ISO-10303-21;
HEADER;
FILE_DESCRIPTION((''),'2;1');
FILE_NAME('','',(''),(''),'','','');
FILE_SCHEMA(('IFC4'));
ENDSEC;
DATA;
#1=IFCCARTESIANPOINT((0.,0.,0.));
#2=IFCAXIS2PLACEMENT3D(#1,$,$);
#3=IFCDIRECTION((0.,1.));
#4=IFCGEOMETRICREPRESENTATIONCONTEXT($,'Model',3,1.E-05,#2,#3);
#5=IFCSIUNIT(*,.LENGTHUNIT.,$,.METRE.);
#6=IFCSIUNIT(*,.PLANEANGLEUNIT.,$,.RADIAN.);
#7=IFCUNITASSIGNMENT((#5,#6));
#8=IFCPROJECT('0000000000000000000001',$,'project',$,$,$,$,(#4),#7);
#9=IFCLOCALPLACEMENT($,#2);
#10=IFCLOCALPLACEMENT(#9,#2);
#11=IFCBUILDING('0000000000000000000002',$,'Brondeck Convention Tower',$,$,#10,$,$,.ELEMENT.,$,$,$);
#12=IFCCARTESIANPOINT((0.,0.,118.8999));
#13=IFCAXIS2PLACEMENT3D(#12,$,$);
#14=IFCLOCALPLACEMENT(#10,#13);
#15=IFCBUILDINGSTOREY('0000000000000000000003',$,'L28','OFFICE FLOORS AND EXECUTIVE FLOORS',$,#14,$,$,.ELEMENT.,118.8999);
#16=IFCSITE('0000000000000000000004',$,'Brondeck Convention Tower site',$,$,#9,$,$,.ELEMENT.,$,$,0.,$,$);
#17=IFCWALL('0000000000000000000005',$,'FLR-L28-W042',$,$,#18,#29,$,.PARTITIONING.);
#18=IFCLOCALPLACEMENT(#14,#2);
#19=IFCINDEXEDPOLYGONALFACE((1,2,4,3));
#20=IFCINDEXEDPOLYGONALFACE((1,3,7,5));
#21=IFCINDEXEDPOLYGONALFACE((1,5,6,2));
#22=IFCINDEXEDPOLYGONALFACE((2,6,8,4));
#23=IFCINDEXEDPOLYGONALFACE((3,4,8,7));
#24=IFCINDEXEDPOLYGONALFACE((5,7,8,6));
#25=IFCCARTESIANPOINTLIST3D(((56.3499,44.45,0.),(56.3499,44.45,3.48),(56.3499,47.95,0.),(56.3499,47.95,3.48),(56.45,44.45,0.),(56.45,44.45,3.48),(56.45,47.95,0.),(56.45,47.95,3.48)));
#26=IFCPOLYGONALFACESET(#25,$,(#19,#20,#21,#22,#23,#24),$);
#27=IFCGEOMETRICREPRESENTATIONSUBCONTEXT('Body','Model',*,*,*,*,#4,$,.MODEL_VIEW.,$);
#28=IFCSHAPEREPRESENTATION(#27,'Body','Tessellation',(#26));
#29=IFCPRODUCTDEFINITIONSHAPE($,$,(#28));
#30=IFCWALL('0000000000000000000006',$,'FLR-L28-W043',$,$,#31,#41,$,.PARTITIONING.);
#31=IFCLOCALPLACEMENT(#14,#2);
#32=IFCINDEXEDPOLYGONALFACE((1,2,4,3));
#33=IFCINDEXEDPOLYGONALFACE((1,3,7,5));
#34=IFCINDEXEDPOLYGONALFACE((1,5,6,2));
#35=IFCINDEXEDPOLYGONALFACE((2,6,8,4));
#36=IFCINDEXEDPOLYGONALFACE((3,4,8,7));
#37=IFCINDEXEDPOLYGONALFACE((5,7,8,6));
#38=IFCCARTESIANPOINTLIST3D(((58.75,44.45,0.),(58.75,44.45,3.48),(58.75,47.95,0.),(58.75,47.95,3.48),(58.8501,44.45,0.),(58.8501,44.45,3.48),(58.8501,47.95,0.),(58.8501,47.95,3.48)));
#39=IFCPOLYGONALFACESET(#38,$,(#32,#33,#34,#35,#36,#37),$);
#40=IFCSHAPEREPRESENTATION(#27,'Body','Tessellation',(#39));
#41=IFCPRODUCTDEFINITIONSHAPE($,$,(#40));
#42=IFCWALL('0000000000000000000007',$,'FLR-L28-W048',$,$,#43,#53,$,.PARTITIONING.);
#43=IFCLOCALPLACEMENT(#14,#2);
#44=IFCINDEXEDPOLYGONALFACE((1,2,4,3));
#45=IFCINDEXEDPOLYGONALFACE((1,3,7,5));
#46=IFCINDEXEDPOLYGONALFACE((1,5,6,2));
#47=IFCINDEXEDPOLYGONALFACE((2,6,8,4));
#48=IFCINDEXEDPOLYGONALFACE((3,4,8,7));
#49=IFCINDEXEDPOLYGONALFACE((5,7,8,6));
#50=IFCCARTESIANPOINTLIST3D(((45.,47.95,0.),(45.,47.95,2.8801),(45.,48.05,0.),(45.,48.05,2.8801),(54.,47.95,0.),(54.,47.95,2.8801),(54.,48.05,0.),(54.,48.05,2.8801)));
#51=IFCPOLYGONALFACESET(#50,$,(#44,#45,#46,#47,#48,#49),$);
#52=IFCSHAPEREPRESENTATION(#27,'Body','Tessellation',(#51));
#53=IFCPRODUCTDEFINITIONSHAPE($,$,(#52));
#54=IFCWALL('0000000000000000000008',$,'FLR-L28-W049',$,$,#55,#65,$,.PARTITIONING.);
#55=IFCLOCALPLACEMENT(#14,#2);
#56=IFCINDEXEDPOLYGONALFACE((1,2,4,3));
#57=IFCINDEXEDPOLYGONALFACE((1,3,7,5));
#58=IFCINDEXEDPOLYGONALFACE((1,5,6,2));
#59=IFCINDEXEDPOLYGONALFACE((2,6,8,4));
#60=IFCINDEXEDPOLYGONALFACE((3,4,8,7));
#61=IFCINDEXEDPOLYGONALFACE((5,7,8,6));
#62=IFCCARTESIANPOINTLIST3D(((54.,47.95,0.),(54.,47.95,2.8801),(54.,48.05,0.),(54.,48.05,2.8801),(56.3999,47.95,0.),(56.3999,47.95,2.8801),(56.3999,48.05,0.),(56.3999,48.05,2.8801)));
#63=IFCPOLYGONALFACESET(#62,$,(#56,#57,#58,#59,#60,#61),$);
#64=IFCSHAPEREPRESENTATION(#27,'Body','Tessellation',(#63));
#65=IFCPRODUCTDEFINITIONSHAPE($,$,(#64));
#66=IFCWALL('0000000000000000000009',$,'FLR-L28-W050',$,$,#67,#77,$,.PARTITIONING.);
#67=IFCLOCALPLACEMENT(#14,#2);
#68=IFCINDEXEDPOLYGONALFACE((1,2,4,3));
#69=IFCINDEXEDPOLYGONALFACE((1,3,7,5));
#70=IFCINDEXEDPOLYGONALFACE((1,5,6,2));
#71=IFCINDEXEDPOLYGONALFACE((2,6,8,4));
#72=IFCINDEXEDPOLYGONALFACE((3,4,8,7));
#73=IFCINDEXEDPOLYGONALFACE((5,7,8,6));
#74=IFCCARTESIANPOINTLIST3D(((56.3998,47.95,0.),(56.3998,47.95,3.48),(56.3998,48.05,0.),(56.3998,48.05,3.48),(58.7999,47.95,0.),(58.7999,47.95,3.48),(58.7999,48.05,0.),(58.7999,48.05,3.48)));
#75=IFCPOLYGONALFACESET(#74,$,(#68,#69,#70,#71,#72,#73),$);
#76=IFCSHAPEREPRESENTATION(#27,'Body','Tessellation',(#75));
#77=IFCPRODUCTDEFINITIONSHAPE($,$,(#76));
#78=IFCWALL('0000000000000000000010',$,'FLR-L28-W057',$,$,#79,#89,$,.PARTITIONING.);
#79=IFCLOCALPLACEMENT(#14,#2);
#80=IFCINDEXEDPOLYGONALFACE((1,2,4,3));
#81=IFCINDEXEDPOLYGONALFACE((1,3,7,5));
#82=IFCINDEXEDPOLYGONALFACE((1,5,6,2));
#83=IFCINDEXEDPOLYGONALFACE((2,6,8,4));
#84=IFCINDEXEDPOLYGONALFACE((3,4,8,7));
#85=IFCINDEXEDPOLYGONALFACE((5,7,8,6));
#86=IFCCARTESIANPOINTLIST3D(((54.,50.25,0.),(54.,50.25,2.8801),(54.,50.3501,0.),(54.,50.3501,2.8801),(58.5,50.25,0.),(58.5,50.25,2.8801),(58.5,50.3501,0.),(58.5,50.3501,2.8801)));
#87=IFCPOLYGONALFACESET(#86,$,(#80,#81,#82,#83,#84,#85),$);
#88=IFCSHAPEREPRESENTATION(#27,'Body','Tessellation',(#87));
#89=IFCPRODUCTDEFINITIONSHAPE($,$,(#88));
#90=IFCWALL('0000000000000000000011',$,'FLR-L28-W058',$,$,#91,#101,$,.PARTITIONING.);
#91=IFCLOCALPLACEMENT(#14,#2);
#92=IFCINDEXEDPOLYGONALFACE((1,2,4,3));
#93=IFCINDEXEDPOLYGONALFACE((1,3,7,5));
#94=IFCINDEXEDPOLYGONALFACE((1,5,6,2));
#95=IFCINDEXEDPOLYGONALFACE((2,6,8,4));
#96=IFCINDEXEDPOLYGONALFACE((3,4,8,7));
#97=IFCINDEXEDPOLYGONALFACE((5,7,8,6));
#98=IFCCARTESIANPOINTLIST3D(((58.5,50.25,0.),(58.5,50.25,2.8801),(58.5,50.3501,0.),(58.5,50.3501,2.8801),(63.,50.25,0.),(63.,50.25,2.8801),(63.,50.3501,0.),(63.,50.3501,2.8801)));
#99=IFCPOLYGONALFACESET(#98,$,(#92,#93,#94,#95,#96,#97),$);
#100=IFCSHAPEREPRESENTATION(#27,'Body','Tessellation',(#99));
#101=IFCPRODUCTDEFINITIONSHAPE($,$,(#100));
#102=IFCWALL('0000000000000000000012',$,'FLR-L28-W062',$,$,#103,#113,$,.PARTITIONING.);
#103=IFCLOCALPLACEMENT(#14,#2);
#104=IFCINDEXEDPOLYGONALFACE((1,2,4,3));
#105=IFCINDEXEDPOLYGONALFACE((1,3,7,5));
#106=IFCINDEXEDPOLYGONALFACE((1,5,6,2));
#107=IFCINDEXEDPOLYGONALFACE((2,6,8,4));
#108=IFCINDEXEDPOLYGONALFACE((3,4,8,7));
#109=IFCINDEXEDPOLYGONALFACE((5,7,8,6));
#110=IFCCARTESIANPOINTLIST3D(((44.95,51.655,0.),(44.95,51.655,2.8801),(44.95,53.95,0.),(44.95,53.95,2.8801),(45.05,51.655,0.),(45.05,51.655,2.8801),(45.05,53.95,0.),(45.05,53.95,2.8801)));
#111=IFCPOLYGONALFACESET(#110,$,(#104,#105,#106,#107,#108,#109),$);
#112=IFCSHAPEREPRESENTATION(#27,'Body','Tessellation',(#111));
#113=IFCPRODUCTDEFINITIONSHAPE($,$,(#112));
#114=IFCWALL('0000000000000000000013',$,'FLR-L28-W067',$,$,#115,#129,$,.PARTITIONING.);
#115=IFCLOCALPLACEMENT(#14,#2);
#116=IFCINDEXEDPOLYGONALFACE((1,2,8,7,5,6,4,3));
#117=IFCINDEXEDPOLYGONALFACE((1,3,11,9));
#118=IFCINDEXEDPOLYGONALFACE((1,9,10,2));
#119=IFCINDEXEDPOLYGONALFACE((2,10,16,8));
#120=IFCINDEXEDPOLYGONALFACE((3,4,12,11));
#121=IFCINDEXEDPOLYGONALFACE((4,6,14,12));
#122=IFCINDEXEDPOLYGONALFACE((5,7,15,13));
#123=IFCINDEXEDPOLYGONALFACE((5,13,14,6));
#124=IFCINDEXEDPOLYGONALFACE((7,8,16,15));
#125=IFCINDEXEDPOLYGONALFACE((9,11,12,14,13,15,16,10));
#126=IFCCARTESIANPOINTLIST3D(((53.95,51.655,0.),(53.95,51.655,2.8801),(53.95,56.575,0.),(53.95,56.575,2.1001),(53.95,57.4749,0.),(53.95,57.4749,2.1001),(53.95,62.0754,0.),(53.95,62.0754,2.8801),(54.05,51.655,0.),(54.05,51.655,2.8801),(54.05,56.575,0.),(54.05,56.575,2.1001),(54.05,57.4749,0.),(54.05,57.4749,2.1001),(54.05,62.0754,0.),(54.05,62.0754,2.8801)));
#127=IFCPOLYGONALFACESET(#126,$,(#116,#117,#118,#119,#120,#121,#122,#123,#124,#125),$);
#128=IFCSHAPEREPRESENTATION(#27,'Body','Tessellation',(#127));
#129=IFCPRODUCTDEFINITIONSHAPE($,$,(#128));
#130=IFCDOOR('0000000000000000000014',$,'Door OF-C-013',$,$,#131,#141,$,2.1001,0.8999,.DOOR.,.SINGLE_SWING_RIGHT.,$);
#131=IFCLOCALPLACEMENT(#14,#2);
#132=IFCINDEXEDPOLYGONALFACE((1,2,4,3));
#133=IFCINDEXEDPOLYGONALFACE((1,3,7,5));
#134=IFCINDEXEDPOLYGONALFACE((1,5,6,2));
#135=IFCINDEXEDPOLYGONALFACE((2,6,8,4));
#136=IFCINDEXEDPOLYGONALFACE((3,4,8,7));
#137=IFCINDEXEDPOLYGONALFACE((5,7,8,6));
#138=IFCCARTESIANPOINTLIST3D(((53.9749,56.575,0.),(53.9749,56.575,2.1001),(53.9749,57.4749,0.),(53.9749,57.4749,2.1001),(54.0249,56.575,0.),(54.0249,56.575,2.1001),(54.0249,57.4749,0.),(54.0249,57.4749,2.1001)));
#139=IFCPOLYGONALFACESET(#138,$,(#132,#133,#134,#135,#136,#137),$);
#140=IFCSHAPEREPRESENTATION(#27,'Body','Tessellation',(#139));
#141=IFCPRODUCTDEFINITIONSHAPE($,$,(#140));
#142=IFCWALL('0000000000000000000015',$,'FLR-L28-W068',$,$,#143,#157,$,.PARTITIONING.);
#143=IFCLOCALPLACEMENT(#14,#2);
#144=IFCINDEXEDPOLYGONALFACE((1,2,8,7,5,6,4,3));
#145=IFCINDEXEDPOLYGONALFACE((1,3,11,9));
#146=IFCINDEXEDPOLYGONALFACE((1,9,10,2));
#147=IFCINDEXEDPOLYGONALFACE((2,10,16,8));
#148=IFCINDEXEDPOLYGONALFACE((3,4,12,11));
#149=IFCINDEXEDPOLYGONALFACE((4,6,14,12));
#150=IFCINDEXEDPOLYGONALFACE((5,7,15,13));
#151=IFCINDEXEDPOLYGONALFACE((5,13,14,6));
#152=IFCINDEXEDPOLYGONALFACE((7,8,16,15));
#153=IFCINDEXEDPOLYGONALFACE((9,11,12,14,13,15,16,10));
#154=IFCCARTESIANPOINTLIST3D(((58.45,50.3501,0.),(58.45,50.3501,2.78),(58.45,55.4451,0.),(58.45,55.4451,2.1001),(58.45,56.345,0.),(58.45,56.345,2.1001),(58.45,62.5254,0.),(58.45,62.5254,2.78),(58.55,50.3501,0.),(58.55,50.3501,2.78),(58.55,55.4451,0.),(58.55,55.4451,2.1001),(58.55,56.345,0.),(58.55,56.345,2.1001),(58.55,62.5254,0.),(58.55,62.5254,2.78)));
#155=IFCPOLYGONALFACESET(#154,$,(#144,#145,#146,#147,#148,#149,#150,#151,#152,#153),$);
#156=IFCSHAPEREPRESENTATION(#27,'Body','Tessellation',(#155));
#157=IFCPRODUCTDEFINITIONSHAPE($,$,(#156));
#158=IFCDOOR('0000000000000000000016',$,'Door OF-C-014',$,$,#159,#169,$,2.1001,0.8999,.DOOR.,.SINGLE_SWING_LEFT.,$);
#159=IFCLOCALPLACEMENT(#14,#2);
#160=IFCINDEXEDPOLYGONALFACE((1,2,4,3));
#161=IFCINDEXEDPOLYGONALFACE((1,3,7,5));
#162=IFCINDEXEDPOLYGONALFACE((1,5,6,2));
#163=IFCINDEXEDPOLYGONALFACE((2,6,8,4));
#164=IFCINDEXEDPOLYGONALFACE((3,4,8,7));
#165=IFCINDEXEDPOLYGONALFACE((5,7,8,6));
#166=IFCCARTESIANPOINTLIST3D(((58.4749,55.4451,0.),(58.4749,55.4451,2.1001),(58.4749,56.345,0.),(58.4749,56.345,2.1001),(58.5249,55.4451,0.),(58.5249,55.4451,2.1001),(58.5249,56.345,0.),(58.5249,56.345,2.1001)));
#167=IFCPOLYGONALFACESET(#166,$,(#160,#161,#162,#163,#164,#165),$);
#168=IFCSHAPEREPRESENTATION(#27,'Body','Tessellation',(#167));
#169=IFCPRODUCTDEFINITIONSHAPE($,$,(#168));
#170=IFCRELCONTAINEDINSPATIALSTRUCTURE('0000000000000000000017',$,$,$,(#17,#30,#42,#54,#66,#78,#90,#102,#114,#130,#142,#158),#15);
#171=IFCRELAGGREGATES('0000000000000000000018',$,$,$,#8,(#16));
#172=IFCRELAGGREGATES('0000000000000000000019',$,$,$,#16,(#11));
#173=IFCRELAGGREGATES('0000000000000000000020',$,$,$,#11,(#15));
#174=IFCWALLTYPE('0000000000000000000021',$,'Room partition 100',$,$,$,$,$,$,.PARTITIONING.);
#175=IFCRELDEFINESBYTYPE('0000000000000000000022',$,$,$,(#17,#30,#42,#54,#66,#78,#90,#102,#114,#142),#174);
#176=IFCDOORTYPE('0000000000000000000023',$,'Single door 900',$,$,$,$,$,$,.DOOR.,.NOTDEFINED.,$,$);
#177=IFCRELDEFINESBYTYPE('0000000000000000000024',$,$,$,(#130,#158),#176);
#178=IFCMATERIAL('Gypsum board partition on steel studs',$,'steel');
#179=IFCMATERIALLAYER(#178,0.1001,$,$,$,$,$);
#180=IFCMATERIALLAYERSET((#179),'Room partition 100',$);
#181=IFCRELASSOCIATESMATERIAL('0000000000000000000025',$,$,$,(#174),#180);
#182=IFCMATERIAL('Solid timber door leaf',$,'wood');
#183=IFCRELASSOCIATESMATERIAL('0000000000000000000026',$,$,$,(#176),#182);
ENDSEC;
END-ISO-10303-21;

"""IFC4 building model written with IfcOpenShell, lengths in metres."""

from ifc_helpers import new_model, si_unit, direction, frame, frame_2d, origin, place, context, subcontext, project, spatial, rectangle, extrude, material, layer, layer_set, type_object, element, fill, save


model = new_model("IFC4")

# Units and contexts
model_context = context("Model", 3, precision=1e-05, world=origin(), true_north=direction((0.0, 1.0)))
body_context = subcontext(model_context, "Body", "Model", "MODEL_VIEW")
ifc_project = project(units=[si_unit("LENGTHUNIT", "METRE"), si_unit("PLANEANGLEUNIT", "RADIAN")], contexts=[model_context])

# Site, building, storey
site_placement = place(None, origin())
site = spatial("IfcSite", under=ifc_project, at=site_placement, Name="Brondeck Convention Tower site", CompositionType="ELEMENT", RefElevation=0.0)
building_placement = place(site_placement, origin())
building = spatial("IfcBuilding", under=site, at=building_placement, Name="Brondeck Convention Tower", CompositionType="ELEMENT")
storey_placement = place(building_placement, frame((0.0, 0.0, 118.8999)))
storey = spatial("IfcBuildingStorey", under=building, at=storey_placement, Name="L28", Description="OFFICE FLOORS AND EXECUTIVE FLOORS", CompositionType="ELEMENT", Elevation=118.8999)

# Shared definitions
ifc_material_1 = material(Name="Gypsum board partition on steel studs", Category="steel")
ifc_layer_1 = layer(ifc_material_1, 0.1001)
ifc_layer_set_1 = layer_set([ifc_layer_1], Name="Room partition 100")
wall_type_1 = type_object("IfcWallType", Name="Room partition 100", PredefinedType="PARTITIONING", material=ifc_layer_set_1)
ifc_material_2 = material(Name="Solid timber door leaf", Category="wood")

# Walls
for number, where, z_axis, x_axis, name in (
    (1, (56.3999, 47.95, 0.0), (0.0, 0.0, 1.0), (0.0, -1.0, 0.0), "FLR-L28-W042"),
    (2, (58.8, 47.95, 0.0), (0.0, 0.0, 1.0), (0.0, -1.0, 0.0), "FLR-L28-W043"),
):
    element("IfcWall", number, at=place(storey_placement, frame(where, z_axis=z_axis, x_axis=x_axis)), inside=storey, type_object=wall_type_1, Name=name, PredefinedType="PARTITIONING", context=body_context, shape_type="SweptSolid", body=[
        extrude(rectangle(XDim=3.5, YDim=0.1001, at=frame_2d((1.75, 0.0))), origin(), (0.0, 0.0, 1.0), 3.48),
    ])
wall_1_placement = place(storey_placement, frame((54.0, 48.0, 0.0), z_axis=(0.0, 0.0, 1.0), x_axis=(-1.0, 0.0, 0.0)))
element("IfcWall", 3, at=wall_1_placement, inside=storey, type_object=wall_type_1, Name="FLR-L28-W048", PredefinedType="PARTITIONING", context=body_context, shape_type="SweptSolid", body=[
    extrude(rectangle(XDim=9.0, YDim=0.1001, at=frame_2d((4.5, 0.0))), origin(), (0.0, 0.0, 1.0), 2.8801),
])
wall_2_placement = place(storey_placement, frame((56.3999, 48.0, 0.0), z_axis=(0.0, 0.0, 1.0), x_axis=(-1.0, 0.0, 0.0)))
element("IfcWall", 4, at=wall_2_placement, inside=storey, type_object=wall_type_1, Name="FLR-L28-W049", PredefinedType="PARTITIONING", context=body_context, shape_type="SweptSolid", body=[
    extrude(rectangle(XDim=2.3999, YDim=0.1001, at=frame_2d((1.2, 0.0))), origin(), (0.0, 0.0, 1.0), 2.8801),
])
wall_3_placement = place(storey_placement, frame((58.8, 48.0, 0.0), z_axis=(0.0, 0.0, 1.0), x_axis=(-1.0, 0.0, 0.0)))
element("IfcWall", 5, at=wall_3_placement, inside=storey, type_object=wall_type_1, Name="FLR-L28-W050", PredefinedType="PARTITIONING", context=body_context, shape_type="SweptSolid", body=[
    extrude(rectangle(XDim=2.4001, YDim=0.1001, at=frame_2d((1.2002, 0.0))), origin(), (0.0, 0.0, 1.0), 3.48),
])
for number, where, z_axis, x_axis, name in (
    (6, (54.0, 50.3, 0.0), (0.0, 0.0, 1.0), (1.0, 0.0, 0.0), "FLR-L28-W057"),
    (7, (58.5, 50.3, 0.0), (0.0, 0.0, 1.0), (1.0, 0.0, 0.0), "FLR-L28-W058"),
):
    element("IfcWall", number, at=place(storey_placement, frame(where, z_axis=z_axis, x_axis=x_axis)), inside=storey, type_object=wall_type_1, Name=name, PredefinedType="PARTITIONING", context=body_context, shape_type="SweptSolid", body=[
        extrude(rectangle(XDim=4.5, YDim=0.1001, at=frame_2d((2.25, 0.0))), origin(), (0.0, 0.0, 1.0), 2.8801),
    ])
wall_4_placement = place(storey_placement, frame((45.0, 53.95, 0.0), z_axis=(0.0, 0.0, 1.0), x_axis=(0.0, -1.0, 0.0)))
element("IfcWall", 8, at=wall_4_placement, inside=storey, type_object=wall_type_1, Name="FLR-L28-W062", PredefinedType="PARTITIONING", context=body_context, shape_type="SweptSolid", body=[
    extrude(rectangle(XDim=2.2949, YDim=0.1001, at=frame_2d((1.1475, 0.0))), origin(), (0.0, 0.0, 1.0), 2.8801),
])

# Walls, openings, doors
wall_5_placement = place(storey_placement, frame((54.0, 62.0754, 0.0), z_axis=(0.0, 0.0, 1.0), x_axis=(0.0, -1.0, 0.0)))
wall_5 = element("IfcWall", 9, at=wall_5_placement, inside=storey, type_object=wall_type_1, Name="FLR-L28-W067", PredefinedType="PARTITIONING", context=body_context, shape_type="SweptSolid", body=[
    extrude(rectangle(XDim=10.4204, YDim=0.1001, at=frame_2d((5.2102, 0.0))), origin(), (0.0, 0.0, 1.0), 2.8801),
])
opening_1_placement = place(wall_5_placement, frame((4.6006, 0.0, 0.0)))
opening_1 = element("IfcOpeningElement", 10, at=opening_1_placement, cuts=wall_5, PredefinedType="OPENING", context=body_context, shape_type="SweptSolid", body=[
    extrude(rectangle(XDim=0.8999, YDim=2.1001, at=frame_2d((0.45, 1.05))), frame((0.0, 0.0601, 0.0), z_axis=(0.0, -1.0, 0.0), x_axis=(1.0, 0.0, 0.0)), (0.0, 0.0, 1.0), 0.1201),
])
door_type_1 = type_object("IfcDoorType", Name="Single door 900", OperationType="NOTDEFINED", PredefinedType="DOOR", material=ifc_material_2)
door_1_placement = place(opening_1_placement, origin())
door_1 = element("IfcDoor", 11, at=door_1_placement, inside=storey, type_object=door_type_1, Name="Door OF-C-013", OperationType="SINGLE_SWING_RIGHT", OverallHeight=2.1001, OverallWidth=0.8999, PredefinedType="DOOR", context=body_context, shape_type="SweptSolid", body=[
    extrude(rectangle(XDim=0.8999, YDim=2.1001, at=frame_2d((0.45, 1.05))), frame((0.0, 0.0249, 0.0), z_axis=(0.0, -1.0, 0.0), x_axis=(1.0, 0.0, 0.0)), (0.0, 0.0, 1.0), 0.05),
])
fill(opening_1, door_1)
wall_6_placement = place(storey_placement, frame((58.5, 62.5254, 0.0), z_axis=(0.0, 0.0, 1.0), x_axis=(0.0, -1.0, 0.0)))
wall_6 = element("IfcWall", 12, at=wall_6_placement, inside=storey, type_object=wall_type_1, Name="FLR-L28-W068", PredefinedType="PARTITIONING", context=body_context, shape_type="SweptSolid", body=[
    extrude(rectangle(XDim=12.1753, YDim=0.1001, at=frame_2d((6.0876, 0.0))), origin(), (0.0, 0.0, 1.0), 2.78),
])
opening_2_placement = place(wall_6_placement, frame((6.1804, 0.0, 0.0)))
opening_2 = element("IfcOpeningElement", 13, at=opening_2_placement, cuts=wall_6, PredefinedType="OPENING", context=body_context, shape_type="SweptSolid", body=[
    extrude(rectangle(XDim=0.8999, YDim=2.1001, at=frame_2d((0.45, 1.05))), frame((0.0, 0.0601, 0.0), z_axis=(0.0, -1.0, 0.0), x_axis=(1.0, 0.0, 0.0)), (0.0, 0.0, 1.0), 0.1201),
])
door_2_placement = place(opening_2_placement, origin())
door_2 = element("IfcDoor", 14, at=door_2_placement, inside=storey, type_object=door_type_1, Name="Door OF-C-014", OperationType="SINGLE_SWING_LEFT", OverallHeight=2.1001, OverallWidth=0.8999, PredefinedType="DOOR", context=body_context, shape_type="SweptSolid", body=[
    extrude(rectangle(XDim=0.8999, YDim=2.1001, at=frame_2d((0.45, 1.05))), frame((0.0, 0.0249, 0.0), z_axis=(0.0, -1.0, 0.0), x_axis=(1.0, 0.0, 0.0)), (0.0, 0.0, 1.0), 0.05),
])
fill(opening_2, door_2)

save(model, "model.ifc")
